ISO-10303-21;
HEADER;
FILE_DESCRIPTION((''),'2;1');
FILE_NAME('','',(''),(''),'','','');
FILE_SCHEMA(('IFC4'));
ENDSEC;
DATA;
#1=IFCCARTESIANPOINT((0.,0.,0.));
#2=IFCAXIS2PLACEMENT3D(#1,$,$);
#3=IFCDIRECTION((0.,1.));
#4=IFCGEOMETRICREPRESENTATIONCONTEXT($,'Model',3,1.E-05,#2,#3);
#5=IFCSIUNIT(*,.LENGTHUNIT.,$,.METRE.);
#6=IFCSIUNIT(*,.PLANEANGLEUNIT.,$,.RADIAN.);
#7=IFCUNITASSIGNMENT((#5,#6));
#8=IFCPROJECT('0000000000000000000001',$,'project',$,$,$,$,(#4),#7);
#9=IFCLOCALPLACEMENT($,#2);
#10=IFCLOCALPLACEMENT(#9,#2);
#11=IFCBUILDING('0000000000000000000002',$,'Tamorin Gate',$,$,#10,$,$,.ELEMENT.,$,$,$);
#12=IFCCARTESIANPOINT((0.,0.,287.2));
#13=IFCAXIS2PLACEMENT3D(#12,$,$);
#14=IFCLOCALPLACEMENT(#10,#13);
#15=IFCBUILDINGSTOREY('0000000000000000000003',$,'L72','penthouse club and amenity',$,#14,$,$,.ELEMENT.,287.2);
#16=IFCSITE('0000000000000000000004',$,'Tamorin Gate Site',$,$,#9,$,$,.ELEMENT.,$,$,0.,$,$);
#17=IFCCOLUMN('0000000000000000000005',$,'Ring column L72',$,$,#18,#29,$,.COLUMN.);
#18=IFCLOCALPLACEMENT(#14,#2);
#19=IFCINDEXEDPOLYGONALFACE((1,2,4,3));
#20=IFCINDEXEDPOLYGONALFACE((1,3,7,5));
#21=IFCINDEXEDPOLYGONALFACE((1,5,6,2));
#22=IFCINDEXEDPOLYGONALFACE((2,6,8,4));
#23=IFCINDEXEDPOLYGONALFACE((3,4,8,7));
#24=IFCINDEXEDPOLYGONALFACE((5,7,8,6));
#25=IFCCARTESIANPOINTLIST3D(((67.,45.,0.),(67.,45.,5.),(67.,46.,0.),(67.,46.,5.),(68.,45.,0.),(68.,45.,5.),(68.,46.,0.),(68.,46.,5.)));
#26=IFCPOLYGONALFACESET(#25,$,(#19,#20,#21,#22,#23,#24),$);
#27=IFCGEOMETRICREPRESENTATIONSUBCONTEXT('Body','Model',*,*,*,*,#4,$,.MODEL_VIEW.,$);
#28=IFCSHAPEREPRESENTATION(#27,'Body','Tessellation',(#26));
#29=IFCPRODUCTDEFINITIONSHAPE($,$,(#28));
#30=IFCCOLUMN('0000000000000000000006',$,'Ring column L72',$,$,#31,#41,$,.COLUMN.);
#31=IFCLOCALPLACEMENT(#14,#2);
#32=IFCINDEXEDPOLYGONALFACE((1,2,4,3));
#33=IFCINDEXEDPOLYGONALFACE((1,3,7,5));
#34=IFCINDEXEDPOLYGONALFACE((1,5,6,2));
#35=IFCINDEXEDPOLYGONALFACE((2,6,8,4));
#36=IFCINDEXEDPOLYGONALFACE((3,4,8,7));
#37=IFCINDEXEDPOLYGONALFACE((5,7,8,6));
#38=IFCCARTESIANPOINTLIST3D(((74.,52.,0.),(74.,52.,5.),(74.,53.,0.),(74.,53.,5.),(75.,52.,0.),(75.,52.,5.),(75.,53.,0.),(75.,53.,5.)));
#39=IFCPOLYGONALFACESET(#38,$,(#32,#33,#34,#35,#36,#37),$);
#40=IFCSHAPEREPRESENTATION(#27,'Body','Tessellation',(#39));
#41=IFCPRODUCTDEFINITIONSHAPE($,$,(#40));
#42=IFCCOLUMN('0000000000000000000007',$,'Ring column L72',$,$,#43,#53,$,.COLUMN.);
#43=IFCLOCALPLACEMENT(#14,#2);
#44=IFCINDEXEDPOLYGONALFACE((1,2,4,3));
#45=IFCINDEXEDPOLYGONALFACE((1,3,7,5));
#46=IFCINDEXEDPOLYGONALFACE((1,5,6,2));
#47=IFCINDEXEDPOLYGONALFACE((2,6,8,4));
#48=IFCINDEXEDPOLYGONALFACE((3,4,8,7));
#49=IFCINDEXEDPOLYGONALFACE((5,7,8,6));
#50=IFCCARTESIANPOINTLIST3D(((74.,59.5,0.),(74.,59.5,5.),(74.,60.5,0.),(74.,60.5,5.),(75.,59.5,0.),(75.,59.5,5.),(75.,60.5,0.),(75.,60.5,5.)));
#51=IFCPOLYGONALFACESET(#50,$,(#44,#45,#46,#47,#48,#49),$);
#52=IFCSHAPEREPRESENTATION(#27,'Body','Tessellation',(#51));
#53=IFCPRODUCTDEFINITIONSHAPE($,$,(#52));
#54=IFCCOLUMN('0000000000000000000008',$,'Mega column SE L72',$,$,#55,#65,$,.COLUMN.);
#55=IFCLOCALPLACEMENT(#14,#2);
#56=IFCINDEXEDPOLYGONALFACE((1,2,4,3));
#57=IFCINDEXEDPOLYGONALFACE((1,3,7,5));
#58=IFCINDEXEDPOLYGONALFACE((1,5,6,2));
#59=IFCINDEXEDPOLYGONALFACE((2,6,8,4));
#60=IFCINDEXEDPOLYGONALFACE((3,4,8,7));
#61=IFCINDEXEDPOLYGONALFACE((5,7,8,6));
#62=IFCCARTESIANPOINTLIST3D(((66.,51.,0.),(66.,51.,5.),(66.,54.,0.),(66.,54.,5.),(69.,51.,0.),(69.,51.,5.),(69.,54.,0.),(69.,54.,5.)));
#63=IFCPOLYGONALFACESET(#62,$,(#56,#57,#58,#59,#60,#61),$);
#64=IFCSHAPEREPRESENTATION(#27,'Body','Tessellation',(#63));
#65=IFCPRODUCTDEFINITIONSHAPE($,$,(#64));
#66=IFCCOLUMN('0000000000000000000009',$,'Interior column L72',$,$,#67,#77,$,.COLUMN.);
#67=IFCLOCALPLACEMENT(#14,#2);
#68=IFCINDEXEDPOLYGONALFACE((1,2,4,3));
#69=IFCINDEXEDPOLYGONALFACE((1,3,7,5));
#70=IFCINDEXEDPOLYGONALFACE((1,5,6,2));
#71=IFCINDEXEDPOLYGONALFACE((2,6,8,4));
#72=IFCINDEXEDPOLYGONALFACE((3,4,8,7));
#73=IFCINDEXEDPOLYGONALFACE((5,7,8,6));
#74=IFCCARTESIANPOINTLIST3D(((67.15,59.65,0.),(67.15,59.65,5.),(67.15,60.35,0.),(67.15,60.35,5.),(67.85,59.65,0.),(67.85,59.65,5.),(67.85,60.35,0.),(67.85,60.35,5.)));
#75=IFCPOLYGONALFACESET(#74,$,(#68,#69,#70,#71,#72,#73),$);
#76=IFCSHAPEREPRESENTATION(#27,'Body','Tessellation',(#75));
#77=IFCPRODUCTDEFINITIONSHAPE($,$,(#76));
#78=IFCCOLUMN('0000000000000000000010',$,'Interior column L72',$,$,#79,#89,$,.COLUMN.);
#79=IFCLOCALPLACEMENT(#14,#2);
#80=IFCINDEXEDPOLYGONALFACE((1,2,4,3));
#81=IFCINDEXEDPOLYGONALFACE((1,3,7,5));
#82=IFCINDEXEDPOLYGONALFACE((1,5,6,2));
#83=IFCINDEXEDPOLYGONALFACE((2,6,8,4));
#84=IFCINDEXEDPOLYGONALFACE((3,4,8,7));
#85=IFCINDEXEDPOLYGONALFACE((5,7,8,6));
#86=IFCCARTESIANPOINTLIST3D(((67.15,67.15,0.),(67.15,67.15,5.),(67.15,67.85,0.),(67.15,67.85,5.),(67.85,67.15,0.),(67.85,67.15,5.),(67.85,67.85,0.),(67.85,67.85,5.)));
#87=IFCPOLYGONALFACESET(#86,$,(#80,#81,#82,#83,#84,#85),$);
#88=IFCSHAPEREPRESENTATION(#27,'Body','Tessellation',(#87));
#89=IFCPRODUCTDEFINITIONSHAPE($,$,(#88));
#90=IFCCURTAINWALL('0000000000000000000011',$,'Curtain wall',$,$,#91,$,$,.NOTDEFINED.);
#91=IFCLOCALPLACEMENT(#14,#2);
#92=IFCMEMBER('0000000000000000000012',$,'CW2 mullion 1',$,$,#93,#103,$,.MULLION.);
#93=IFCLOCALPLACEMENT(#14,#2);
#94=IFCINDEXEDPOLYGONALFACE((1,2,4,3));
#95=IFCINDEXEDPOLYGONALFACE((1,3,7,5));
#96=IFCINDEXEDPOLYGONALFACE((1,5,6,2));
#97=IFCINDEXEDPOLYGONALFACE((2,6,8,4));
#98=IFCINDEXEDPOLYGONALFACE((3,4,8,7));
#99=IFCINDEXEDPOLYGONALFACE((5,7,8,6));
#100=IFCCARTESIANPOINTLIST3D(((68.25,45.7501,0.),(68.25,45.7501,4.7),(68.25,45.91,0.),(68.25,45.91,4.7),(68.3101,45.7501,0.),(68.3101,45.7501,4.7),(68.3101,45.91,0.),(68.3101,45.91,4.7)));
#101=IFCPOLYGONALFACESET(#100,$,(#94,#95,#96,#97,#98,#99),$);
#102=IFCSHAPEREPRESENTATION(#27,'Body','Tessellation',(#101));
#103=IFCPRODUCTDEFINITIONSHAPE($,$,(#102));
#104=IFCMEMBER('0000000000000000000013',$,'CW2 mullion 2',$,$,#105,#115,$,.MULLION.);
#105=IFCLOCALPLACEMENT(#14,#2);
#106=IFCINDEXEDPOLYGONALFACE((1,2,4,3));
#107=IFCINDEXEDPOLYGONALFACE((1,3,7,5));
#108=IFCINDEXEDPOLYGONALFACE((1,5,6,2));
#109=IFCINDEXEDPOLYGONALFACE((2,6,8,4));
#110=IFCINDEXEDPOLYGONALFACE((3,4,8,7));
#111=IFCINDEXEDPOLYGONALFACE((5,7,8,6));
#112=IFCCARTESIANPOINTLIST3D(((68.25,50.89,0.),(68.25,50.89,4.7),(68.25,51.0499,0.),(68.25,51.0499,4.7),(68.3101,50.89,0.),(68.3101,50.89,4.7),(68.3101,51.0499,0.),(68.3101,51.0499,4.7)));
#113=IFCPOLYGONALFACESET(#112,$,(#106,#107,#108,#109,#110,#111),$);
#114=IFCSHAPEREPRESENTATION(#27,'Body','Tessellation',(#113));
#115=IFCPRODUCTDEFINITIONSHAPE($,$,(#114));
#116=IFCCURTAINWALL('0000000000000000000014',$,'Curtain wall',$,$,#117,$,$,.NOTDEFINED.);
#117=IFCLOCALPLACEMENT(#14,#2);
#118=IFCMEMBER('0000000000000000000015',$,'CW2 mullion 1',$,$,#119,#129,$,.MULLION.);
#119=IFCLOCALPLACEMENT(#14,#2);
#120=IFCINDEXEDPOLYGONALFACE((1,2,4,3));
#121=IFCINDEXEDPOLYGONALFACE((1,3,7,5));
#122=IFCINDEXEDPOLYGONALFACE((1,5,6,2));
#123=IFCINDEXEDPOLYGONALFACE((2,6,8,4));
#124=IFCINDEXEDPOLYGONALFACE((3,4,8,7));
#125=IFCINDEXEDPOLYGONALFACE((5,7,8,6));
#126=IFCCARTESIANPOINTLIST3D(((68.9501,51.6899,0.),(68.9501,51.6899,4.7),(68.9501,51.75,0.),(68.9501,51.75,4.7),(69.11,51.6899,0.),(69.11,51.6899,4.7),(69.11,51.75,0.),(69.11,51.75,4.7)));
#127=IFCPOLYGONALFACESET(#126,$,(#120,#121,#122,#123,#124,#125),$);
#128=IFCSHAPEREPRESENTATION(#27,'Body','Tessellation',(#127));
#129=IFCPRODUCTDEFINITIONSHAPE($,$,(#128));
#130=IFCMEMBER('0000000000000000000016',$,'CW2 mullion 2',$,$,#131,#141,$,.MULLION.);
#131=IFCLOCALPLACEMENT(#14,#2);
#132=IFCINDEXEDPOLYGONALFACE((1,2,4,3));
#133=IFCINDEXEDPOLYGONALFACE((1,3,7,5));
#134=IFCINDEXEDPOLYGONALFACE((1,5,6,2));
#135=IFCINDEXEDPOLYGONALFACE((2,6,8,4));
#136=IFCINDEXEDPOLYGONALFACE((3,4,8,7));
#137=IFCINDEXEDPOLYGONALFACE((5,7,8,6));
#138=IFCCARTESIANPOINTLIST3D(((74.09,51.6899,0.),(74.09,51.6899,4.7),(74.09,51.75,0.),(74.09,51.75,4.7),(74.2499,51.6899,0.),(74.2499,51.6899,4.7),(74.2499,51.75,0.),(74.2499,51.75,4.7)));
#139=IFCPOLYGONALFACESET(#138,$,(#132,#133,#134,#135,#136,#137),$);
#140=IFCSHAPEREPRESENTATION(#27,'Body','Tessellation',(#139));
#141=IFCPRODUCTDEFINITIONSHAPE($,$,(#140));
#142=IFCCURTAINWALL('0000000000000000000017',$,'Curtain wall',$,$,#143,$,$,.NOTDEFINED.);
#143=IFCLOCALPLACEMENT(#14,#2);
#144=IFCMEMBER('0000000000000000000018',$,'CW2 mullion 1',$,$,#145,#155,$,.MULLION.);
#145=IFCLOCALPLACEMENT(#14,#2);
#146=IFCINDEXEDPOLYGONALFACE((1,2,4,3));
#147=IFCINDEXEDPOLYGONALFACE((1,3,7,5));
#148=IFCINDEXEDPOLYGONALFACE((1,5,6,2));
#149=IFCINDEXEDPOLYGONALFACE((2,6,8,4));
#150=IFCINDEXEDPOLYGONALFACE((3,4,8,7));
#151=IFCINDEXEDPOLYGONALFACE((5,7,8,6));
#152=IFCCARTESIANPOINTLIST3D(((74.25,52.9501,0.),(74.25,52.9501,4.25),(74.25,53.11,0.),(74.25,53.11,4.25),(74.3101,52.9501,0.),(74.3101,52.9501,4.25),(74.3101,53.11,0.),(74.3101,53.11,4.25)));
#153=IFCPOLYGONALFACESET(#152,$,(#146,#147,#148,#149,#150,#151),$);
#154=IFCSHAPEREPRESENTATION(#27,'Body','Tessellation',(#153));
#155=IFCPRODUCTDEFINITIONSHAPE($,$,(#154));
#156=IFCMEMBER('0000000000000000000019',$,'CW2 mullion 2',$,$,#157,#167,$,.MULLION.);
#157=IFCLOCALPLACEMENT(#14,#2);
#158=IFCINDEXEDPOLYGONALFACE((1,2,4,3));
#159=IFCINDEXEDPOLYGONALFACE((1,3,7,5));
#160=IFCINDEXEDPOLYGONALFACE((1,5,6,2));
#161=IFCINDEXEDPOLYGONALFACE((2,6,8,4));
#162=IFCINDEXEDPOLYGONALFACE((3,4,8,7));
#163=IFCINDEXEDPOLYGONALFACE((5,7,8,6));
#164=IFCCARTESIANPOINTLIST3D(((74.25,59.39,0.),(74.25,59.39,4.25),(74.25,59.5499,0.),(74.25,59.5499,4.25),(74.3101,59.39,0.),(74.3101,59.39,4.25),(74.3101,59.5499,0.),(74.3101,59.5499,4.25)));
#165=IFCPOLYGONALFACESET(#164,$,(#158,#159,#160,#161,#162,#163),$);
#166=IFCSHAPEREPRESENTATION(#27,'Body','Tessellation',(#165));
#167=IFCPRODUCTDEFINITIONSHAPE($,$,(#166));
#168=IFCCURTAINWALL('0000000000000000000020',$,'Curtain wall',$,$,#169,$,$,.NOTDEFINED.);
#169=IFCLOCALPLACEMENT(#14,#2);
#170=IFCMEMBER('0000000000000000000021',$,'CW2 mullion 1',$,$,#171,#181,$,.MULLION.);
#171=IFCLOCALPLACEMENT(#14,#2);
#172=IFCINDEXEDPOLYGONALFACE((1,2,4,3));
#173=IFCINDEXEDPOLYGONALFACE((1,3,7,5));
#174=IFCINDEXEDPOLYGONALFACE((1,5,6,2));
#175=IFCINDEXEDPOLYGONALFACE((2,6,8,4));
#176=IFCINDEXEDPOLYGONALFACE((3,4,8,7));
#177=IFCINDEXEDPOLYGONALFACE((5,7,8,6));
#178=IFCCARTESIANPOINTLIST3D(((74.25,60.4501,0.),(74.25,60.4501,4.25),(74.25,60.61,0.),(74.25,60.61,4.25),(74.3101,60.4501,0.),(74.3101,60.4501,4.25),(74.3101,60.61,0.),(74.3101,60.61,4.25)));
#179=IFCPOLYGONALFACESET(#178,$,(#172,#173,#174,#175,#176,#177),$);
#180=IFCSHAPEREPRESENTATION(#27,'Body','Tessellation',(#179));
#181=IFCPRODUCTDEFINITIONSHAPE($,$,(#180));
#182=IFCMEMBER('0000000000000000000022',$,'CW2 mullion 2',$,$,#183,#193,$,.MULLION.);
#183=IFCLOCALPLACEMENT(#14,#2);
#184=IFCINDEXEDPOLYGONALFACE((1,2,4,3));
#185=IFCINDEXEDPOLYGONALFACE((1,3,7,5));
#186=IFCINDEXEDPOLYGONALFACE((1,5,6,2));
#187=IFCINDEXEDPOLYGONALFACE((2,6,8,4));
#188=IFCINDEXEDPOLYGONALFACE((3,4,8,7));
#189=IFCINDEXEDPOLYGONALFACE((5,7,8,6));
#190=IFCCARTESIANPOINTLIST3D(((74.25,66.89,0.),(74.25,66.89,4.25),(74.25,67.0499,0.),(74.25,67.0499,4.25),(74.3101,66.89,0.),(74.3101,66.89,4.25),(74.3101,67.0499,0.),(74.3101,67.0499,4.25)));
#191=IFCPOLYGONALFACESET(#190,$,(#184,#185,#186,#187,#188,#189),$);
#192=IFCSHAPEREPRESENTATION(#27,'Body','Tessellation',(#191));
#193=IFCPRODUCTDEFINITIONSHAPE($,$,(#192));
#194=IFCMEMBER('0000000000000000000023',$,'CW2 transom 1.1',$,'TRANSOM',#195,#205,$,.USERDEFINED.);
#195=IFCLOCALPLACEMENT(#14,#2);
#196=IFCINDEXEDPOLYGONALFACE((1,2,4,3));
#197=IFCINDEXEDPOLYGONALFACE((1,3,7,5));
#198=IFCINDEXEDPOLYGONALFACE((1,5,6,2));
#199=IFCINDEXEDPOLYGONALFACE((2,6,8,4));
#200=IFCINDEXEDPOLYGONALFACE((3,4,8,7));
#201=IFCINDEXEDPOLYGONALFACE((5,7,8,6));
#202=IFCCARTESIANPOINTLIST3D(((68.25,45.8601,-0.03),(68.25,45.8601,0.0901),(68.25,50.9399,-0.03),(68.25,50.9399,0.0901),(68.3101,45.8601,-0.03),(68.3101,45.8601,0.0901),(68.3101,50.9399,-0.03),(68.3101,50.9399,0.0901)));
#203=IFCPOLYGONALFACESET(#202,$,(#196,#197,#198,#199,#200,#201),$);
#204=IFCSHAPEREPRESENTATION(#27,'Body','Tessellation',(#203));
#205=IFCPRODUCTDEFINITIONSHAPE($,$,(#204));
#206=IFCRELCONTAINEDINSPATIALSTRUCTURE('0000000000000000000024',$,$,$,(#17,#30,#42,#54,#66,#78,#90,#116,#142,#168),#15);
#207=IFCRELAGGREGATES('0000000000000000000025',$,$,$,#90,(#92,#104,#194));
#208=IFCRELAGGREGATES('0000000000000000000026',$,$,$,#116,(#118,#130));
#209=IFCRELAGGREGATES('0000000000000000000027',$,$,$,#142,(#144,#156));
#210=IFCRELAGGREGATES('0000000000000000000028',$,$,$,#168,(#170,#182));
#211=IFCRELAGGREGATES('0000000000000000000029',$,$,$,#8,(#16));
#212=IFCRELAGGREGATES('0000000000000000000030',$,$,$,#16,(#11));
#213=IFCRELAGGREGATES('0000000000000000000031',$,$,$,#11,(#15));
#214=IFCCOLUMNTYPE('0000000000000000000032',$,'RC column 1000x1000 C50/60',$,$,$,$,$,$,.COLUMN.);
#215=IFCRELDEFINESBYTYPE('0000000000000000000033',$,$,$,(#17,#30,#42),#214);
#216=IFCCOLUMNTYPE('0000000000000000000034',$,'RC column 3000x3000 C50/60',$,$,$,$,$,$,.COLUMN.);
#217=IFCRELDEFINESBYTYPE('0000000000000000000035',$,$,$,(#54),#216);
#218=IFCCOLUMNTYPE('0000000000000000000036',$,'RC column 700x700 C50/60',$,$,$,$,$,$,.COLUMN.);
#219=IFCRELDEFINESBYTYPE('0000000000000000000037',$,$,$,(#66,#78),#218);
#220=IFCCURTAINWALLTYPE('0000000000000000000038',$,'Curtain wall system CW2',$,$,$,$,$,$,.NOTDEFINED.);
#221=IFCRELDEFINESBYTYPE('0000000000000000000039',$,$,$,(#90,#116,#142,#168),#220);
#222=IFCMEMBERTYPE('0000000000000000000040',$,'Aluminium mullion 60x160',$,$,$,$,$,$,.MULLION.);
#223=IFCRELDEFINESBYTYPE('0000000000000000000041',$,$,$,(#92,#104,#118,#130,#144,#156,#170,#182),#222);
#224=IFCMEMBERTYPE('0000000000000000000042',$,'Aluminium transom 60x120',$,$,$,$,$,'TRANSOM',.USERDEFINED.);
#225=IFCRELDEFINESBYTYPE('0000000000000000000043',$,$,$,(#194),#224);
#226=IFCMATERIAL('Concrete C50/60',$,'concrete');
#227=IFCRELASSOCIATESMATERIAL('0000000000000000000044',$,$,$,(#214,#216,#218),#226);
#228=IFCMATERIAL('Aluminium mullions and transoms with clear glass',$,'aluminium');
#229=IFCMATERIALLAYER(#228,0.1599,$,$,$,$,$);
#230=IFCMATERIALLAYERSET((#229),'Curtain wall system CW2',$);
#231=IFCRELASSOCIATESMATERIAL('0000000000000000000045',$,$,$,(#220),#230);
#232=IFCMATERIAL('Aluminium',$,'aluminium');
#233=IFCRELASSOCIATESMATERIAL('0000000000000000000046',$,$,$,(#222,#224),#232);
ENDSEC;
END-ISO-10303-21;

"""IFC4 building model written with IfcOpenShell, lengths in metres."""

from ifc_helpers import new_model, si_unit, direction, frame, origin, origin_2d, place, context, subcontext, project, spatial, rectangle, extrude, material, layer, layer_set, material_profile, profile_set, type_object, element, aggregate, save


model = new_model("IFC4")

# Units and contexts
model_context = context("Model", 3, precision=1e-05, world=origin(), true_north=direction((0.0, 1.0)))
body_context = subcontext(model_context, "Body", "Model", "MODEL_VIEW")
ifc_project = project(units=[si_unit("LENGTHUNIT", "METRE"), si_unit("PLANEANGLEUNIT", "RADIAN")], contexts=[model_context])

# Site, building, storey
site_placement = place(None, origin())
site = spatial("IfcSite", under=ifc_project, at=site_placement, Name="Tamorin Gate Site", CompositionType="ELEMENT", RefElevation=0.0)
building_placement = place(site_placement, origin())
building = spatial("IfcBuilding", under=site, at=building_placement, Name="Tamorin Gate", CompositionType="ELEMENT")
storey_placement = place(building_placement, frame((0.0, 0.0, 287.2)))
storey = spatial("IfcBuildingStorey", under=building, at=storey_placement, Name="L72", Description="penthouse club and amenity", CompositionType="ELEMENT", Elevation=287.2)

# Columns
ifc_material_1 = material(Name="Concrete C50/60", Category="concrete")
ifc_material_profile_1 = material_profile(ifc_material_1, rectangle(XDim=1.0, YDim=1.0, at=origin_2d()), Name="RC 1000x1000")
ifc_profile_set_1 = profile_set([ifc_material_profile_1], Name="Concrete C50/60")
column_type_1 = type_object("IfcColumnType", Name="RC column 1000x1000 C50/60", PredefinedType="COLUMN", material=ifc_profile_set_1)
for number, where, z_axis, x_axis, name in (
    (1, (67.5, 45.5, 0.0), (0.0, 0.0, 1.0), (1.0, 0.0, 0.0), "Ring column L72"),
    (2, (74.5, 52.5, 0.0), (0.0, 0.0, 1.0), (1.0, 0.0, 0.0), "Ring column L72"),
    (3, (74.5, 60.0, 0.0), (0.0, 0.0, 1.0), (1.0, 0.0, 0.0), "Ring column L72"),
):
    element("IfcColumn", number, at=place(storey_placement, frame(where, z_axis=z_axis, x_axis=x_axis)), inside=storey, type_object=column_type_1, Name=name, PredefinedType="COLUMN", context=body_context, shape_type="SweptSolid", body=[
        extrude(rectangle(XDim=1.0, YDim=1.0, at=origin_2d()), origin(), (0.0, 0.0, 1.0), 5.0),
    ])
ifc_material_profile_2 = material_profile(ifc_material_1, rectangle(XDim=3.0, YDim=3.0, at=origin_2d()), Name="RC 3000x3000")
ifc_profile_set_2 = profile_set([ifc_material_profile_2], Name="Concrete C50/60")
column_type_2 = type_object("IfcColumnType", Name="RC column 3000x3000 C50/60", PredefinedType="COLUMN", material=ifc_profile_set_2)
column_placement = place(storey_placement, frame((67.5, 52.5, 0.0), z_axis=(0.0, 0.0, 1.0), x_axis=(1.0, 0.0, 0.0)))
element("IfcColumn", 4, at=column_placement, inside=storey, type_object=column_type_2, Name="Mega column SE L72", PredefinedType="COLUMN", context=body_context, shape_type="SweptSolid", body=[
    extrude(rectangle(XDim=3.0, YDim=3.0, at=origin_2d()), origin(), (0.0, 0.0, 1.0), 5.0),
])
ifc_material_profile_3 = material_profile(ifc_material_1, rectangle(XDim=0.7, YDim=0.7, at=origin_2d()), Name="RC 700x700")
ifc_profile_set_3 = profile_set([ifc_material_profile_3], Name="Concrete C50/60")
column_type_3 = type_object("IfcColumnType", Name="RC column 700x700 C50/60", PredefinedType="COLUMN", material=ifc_profile_set_3)
for number, where, z_axis, x_axis, name in (
    (5, (67.5, 60.0, 0.0), (0.0, 0.0, 1.0), (1.0, 0.0, 0.0), "Interior column L72"),
    (6, (67.5, 67.5, 0.0), (0.0, 0.0, 1.0), (1.0, 0.0, 0.0), "Interior column L72"),
):
    element("IfcColumn", number, at=place(storey_placement, frame(where, z_axis=z_axis, x_axis=x_axis)), inside=storey, type_object=column_type_3, Name=name, PredefinedType="COLUMN", context=body_context, shape_type="SweptSolid", body=[
        extrude(rectangle(XDim=0.7, YDim=0.7, at=origin_2d()), origin(), (0.0, 0.0, 1.0), 5.0),
    ])

# Curtain walls, members
ifc_material_2 = material(Name="Aluminium mullions and transoms with clear glass", Category="aluminium")
ifc_layer_1 = layer(ifc_material_2, 0.1599)
ifc_layer_set_1 = layer_set([ifc_layer_1], Name="Curtain wall system CW2")
curtain_wall_type = type_object("IfcCurtainWallType", Name="Curtain wall system CW2", PredefinedType="NOTDEFINED", material=ifc_layer_set_1)
curtain_wall_1_placement = place(storey_placement, origin())
curtain_wall_1 = element("IfcCurtainWall", 7, at=curtain_wall_1_placement, inside=storey, type_object=curtain_wall_type, Name="Curtain wall", PredefinedType="NOTDEFINED")
ifc_material_3 = material(Name="Aluminium", Category="aluminium")
ifc_material_profile_4 = material_profile(ifc_material_3, rectangle(XDim=0.0601, YDim=0.1599, at=origin_2d()), Name="RECT 60x160")
ifc_profile_set_4 = profile_set([ifc_material_profile_4], Name="Aluminium")
member_type_1 = type_object("IfcMemberType", Name="Aluminium mullion 60x160", PredefinedType="MULLION", material=ifc_profile_set_4)
member_1_placement = place(storey_placement, frame((68.28, 45.8301, 0.0), z_axis=(0.0, 0.0, 1.0), x_axis=(-1.0, 0.0, 0.0)))
member_1 = element("IfcMember", 8, at=member_1_placement, type_object=member_type_1, Name="CW2 mullion 1", PredefinedType="MULLION", context=body_context, shape_type="SweptSolid", body=[
    extrude(rectangle(XDim=0.0601, YDim=0.1599, at=origin_2d()), origin(), (0.0, 0.0, 1.0), 4.7),
])
member_2_placement = place(storey_placement, frame((68.28, 50.97, 0.0), z_axis=(0.0, 0.0, 1.0), x_axis=(-1.0, 0.0, 0.0)))
member_2 = element("IfcMember", 9, at=member_2_placement, type_object=member_type_1, Name="CW2 mullion 2", PredefinedType="MULLION", context=body_context, shape_type="SweptSolid", body=[
    extrude(rectangle(XDim=0.0601, YDim=0.1599, at=origin_2d()), origin(), (0.0, 0.0, 1.0), 4.7),
])
curtain_wall_2_placement = place(storey_placement, origin())
curtain_wall_2 = element("IfcCurtainWall", 10, at=curtain_wall_2_placement, inside=storey, type_object=curtain_wall_type, Name="Curtain wall", PredefinedType="NOTDEFINED")
member_3_placement = place(storey_placement, frame((69.03, 51.72, 0.0), z_axis=(0.0, 0.0, 1.0), x_axis=(0.0, 1.0, 0.0)))
member_3 = element("IfcMember", 11, at=member_3_placement, type_object=member_type_1, Name="CW2 mullion 1", PredefinedType="MULLION", context=body_context, shape_type="SweptSolid", body=[
    extrude(rectangle(XDim=0.0601, YDim=0.1599, at=origin_2d()), origin(), (0.0, 0.0, 1.0), 4.7),
])
member_4_placement = place(storey_placement, frame((74.1699, 51.72, 0.0), z_axis=(0.0, 0.0, 1.0), x_axis=(0.0, 1.0, 0.0)))
member_4 = element("IfcMember", 12, at=member_4_placement, type_object=member_type_1, Name="CW2 mullion 2", PredefinedType="MULLION", context=body_context, shape_type="SweptSolid", body=[
    extrude(rectangle(XDim=0.0601, YDim=0.1599, at=origin_2d()), origin(), (0.0, 0.0, 1.0), 4.7),
])
curtain_wall_3_placement = place(storey_placement, origin())
curtain_wall_3 = element("IfcCurtainWall", 13, at=curtain_wall_3_placement, inside=storey, type_object=curtain_wall_type, Name="Curtain wall", PredefinedType="NOTDEFINED")
member_5_placement = place(storey_placement, frame((74.28, 53.03, 0.0), z_axis=(0.0, 0.0, 1.0), x_axis=(-1.0, 0.0, 0.0)))
member_5 = element("IfcMember", 14, at=member_5_placement, type_object=member_type_1, Name="CW2 mullion 1", PredefinedType="MULLION", context=body_context, shape_type="SweptSolid", body=[
    extrude(rectangle(XDim=0.0601, YDim=0.1599, at=origin_2d()), origin(), (0.0, 0.0, 1.0), 4.25),
])
member_6_placement = place(storey_placement, frame((74.28, 59.47, 0.0), z_axis=(0.0, 0.0, 1.0), x_axis=(-1.0, 0.0, 0.0)))
member_6 = element("IfcMember", 15, at=member_6_placement, type_object=member_type_1, Name="CW2 mullion 2", PredefinedType="MULLION", context=body_context, shape_type="SweptSolid", body=[
    extrude(rectangle(XDim=0.0601, YDim=0.1599, at=origin_2d()), origin(), (0.0, 0.0, 1.0), 4.25),
])
curtain_wall_4_placement = place(storey_placement, origin())
curtain_wall_4 = element("IfcCurtainWall", 16, at=curtain_wall_4_placement, inside=storey, type_object=curtain_wall_type, Name="Curtain wall", PredefinedType="NOTDEFINED")
member_7_placement = place(storey_placement, frame((74.28, 60.53, 0.0), z_axis=(0.0, 0.0, 1.0), x_axis=(-1.0, 0.0, 0.0)))
member_7 = element("IfcMember", 17, at=member_7_placement, type_object=member_type_1, Name="CW2 mullion 1", PredefinedType="MULLION", context=body_context, shape_type="SweptSolid", body=[
    extrude(rectangle(XDim=0.0601, YDim=0.1599, at=origin_2d()), origin(), (0.0, 0.0, 1.0), 4.25),
])
member_8_placement = place(storey_placement, frame((74.28, 66.97, 0.0), z_axis=(0.0, 0.0, 1.0), x_axis=(-1.0, 0.0, 0.0)))
member_8 = element("IfcMember", 18, at=member_8_placement, type_object=member_type_1, Name="CW2 mullion 2", PredefinedType="MULLION", context=body_context, shape_type="SweptSolid", body=[
    extrude(rectangle(XDim=0.0601, YDim=0.1599, at=origin_2d()), origin(), (0.0, 0.0, 1.0), 4.25),
])

# Member
ifc_material_profile_5 = material_profile(ifc_material_3, rectangle(XDim=0.0601, YDim=0.1201, at=origin_2d()), Name="RECT 60x120")
ifc_profile_set_5 = profile_set([ifc_material_profile_5], Name="Aluminium")
member_type_2 = type_object("IfcMemberType", Name="Aluminium transom 60x120", ElementType="TRANSOM", PredefinedType="USERDEFINED", material=ifc_profile_set_5)
member_9_placement = place(storey_placement, frame((68.28, 45.8601, 0.03), z_axis=(0.0, 1.0, 0.0), x_axis=(-1.0, 0.0, 0.0)))
member_9 = element("IfcMember", 19, at=member_9_placement, type_object=member_type_2, Name="CW2 transom 1.1", ObjectType="TRANSOM", PredefinedType="USERDEFINED", context=body_context, shape_type="SweptSolid", body=[
    extrude(rectangle(XDim=0.0601, YDim=0.1201, at=origin_2d()), origin(), (0.0, 0.0, 1.0), 5.0798),
])

aggregate(curtain_wall_1, [member_1, member_2, member_9])
aggregate(curtain_wall_2, [member_3, member_4])
aggregate(curtain_wall_3, [member_5, member_6])
aggregate(curtain_wall_4, [member_7, member_8])

save(model, "model.ifc")
